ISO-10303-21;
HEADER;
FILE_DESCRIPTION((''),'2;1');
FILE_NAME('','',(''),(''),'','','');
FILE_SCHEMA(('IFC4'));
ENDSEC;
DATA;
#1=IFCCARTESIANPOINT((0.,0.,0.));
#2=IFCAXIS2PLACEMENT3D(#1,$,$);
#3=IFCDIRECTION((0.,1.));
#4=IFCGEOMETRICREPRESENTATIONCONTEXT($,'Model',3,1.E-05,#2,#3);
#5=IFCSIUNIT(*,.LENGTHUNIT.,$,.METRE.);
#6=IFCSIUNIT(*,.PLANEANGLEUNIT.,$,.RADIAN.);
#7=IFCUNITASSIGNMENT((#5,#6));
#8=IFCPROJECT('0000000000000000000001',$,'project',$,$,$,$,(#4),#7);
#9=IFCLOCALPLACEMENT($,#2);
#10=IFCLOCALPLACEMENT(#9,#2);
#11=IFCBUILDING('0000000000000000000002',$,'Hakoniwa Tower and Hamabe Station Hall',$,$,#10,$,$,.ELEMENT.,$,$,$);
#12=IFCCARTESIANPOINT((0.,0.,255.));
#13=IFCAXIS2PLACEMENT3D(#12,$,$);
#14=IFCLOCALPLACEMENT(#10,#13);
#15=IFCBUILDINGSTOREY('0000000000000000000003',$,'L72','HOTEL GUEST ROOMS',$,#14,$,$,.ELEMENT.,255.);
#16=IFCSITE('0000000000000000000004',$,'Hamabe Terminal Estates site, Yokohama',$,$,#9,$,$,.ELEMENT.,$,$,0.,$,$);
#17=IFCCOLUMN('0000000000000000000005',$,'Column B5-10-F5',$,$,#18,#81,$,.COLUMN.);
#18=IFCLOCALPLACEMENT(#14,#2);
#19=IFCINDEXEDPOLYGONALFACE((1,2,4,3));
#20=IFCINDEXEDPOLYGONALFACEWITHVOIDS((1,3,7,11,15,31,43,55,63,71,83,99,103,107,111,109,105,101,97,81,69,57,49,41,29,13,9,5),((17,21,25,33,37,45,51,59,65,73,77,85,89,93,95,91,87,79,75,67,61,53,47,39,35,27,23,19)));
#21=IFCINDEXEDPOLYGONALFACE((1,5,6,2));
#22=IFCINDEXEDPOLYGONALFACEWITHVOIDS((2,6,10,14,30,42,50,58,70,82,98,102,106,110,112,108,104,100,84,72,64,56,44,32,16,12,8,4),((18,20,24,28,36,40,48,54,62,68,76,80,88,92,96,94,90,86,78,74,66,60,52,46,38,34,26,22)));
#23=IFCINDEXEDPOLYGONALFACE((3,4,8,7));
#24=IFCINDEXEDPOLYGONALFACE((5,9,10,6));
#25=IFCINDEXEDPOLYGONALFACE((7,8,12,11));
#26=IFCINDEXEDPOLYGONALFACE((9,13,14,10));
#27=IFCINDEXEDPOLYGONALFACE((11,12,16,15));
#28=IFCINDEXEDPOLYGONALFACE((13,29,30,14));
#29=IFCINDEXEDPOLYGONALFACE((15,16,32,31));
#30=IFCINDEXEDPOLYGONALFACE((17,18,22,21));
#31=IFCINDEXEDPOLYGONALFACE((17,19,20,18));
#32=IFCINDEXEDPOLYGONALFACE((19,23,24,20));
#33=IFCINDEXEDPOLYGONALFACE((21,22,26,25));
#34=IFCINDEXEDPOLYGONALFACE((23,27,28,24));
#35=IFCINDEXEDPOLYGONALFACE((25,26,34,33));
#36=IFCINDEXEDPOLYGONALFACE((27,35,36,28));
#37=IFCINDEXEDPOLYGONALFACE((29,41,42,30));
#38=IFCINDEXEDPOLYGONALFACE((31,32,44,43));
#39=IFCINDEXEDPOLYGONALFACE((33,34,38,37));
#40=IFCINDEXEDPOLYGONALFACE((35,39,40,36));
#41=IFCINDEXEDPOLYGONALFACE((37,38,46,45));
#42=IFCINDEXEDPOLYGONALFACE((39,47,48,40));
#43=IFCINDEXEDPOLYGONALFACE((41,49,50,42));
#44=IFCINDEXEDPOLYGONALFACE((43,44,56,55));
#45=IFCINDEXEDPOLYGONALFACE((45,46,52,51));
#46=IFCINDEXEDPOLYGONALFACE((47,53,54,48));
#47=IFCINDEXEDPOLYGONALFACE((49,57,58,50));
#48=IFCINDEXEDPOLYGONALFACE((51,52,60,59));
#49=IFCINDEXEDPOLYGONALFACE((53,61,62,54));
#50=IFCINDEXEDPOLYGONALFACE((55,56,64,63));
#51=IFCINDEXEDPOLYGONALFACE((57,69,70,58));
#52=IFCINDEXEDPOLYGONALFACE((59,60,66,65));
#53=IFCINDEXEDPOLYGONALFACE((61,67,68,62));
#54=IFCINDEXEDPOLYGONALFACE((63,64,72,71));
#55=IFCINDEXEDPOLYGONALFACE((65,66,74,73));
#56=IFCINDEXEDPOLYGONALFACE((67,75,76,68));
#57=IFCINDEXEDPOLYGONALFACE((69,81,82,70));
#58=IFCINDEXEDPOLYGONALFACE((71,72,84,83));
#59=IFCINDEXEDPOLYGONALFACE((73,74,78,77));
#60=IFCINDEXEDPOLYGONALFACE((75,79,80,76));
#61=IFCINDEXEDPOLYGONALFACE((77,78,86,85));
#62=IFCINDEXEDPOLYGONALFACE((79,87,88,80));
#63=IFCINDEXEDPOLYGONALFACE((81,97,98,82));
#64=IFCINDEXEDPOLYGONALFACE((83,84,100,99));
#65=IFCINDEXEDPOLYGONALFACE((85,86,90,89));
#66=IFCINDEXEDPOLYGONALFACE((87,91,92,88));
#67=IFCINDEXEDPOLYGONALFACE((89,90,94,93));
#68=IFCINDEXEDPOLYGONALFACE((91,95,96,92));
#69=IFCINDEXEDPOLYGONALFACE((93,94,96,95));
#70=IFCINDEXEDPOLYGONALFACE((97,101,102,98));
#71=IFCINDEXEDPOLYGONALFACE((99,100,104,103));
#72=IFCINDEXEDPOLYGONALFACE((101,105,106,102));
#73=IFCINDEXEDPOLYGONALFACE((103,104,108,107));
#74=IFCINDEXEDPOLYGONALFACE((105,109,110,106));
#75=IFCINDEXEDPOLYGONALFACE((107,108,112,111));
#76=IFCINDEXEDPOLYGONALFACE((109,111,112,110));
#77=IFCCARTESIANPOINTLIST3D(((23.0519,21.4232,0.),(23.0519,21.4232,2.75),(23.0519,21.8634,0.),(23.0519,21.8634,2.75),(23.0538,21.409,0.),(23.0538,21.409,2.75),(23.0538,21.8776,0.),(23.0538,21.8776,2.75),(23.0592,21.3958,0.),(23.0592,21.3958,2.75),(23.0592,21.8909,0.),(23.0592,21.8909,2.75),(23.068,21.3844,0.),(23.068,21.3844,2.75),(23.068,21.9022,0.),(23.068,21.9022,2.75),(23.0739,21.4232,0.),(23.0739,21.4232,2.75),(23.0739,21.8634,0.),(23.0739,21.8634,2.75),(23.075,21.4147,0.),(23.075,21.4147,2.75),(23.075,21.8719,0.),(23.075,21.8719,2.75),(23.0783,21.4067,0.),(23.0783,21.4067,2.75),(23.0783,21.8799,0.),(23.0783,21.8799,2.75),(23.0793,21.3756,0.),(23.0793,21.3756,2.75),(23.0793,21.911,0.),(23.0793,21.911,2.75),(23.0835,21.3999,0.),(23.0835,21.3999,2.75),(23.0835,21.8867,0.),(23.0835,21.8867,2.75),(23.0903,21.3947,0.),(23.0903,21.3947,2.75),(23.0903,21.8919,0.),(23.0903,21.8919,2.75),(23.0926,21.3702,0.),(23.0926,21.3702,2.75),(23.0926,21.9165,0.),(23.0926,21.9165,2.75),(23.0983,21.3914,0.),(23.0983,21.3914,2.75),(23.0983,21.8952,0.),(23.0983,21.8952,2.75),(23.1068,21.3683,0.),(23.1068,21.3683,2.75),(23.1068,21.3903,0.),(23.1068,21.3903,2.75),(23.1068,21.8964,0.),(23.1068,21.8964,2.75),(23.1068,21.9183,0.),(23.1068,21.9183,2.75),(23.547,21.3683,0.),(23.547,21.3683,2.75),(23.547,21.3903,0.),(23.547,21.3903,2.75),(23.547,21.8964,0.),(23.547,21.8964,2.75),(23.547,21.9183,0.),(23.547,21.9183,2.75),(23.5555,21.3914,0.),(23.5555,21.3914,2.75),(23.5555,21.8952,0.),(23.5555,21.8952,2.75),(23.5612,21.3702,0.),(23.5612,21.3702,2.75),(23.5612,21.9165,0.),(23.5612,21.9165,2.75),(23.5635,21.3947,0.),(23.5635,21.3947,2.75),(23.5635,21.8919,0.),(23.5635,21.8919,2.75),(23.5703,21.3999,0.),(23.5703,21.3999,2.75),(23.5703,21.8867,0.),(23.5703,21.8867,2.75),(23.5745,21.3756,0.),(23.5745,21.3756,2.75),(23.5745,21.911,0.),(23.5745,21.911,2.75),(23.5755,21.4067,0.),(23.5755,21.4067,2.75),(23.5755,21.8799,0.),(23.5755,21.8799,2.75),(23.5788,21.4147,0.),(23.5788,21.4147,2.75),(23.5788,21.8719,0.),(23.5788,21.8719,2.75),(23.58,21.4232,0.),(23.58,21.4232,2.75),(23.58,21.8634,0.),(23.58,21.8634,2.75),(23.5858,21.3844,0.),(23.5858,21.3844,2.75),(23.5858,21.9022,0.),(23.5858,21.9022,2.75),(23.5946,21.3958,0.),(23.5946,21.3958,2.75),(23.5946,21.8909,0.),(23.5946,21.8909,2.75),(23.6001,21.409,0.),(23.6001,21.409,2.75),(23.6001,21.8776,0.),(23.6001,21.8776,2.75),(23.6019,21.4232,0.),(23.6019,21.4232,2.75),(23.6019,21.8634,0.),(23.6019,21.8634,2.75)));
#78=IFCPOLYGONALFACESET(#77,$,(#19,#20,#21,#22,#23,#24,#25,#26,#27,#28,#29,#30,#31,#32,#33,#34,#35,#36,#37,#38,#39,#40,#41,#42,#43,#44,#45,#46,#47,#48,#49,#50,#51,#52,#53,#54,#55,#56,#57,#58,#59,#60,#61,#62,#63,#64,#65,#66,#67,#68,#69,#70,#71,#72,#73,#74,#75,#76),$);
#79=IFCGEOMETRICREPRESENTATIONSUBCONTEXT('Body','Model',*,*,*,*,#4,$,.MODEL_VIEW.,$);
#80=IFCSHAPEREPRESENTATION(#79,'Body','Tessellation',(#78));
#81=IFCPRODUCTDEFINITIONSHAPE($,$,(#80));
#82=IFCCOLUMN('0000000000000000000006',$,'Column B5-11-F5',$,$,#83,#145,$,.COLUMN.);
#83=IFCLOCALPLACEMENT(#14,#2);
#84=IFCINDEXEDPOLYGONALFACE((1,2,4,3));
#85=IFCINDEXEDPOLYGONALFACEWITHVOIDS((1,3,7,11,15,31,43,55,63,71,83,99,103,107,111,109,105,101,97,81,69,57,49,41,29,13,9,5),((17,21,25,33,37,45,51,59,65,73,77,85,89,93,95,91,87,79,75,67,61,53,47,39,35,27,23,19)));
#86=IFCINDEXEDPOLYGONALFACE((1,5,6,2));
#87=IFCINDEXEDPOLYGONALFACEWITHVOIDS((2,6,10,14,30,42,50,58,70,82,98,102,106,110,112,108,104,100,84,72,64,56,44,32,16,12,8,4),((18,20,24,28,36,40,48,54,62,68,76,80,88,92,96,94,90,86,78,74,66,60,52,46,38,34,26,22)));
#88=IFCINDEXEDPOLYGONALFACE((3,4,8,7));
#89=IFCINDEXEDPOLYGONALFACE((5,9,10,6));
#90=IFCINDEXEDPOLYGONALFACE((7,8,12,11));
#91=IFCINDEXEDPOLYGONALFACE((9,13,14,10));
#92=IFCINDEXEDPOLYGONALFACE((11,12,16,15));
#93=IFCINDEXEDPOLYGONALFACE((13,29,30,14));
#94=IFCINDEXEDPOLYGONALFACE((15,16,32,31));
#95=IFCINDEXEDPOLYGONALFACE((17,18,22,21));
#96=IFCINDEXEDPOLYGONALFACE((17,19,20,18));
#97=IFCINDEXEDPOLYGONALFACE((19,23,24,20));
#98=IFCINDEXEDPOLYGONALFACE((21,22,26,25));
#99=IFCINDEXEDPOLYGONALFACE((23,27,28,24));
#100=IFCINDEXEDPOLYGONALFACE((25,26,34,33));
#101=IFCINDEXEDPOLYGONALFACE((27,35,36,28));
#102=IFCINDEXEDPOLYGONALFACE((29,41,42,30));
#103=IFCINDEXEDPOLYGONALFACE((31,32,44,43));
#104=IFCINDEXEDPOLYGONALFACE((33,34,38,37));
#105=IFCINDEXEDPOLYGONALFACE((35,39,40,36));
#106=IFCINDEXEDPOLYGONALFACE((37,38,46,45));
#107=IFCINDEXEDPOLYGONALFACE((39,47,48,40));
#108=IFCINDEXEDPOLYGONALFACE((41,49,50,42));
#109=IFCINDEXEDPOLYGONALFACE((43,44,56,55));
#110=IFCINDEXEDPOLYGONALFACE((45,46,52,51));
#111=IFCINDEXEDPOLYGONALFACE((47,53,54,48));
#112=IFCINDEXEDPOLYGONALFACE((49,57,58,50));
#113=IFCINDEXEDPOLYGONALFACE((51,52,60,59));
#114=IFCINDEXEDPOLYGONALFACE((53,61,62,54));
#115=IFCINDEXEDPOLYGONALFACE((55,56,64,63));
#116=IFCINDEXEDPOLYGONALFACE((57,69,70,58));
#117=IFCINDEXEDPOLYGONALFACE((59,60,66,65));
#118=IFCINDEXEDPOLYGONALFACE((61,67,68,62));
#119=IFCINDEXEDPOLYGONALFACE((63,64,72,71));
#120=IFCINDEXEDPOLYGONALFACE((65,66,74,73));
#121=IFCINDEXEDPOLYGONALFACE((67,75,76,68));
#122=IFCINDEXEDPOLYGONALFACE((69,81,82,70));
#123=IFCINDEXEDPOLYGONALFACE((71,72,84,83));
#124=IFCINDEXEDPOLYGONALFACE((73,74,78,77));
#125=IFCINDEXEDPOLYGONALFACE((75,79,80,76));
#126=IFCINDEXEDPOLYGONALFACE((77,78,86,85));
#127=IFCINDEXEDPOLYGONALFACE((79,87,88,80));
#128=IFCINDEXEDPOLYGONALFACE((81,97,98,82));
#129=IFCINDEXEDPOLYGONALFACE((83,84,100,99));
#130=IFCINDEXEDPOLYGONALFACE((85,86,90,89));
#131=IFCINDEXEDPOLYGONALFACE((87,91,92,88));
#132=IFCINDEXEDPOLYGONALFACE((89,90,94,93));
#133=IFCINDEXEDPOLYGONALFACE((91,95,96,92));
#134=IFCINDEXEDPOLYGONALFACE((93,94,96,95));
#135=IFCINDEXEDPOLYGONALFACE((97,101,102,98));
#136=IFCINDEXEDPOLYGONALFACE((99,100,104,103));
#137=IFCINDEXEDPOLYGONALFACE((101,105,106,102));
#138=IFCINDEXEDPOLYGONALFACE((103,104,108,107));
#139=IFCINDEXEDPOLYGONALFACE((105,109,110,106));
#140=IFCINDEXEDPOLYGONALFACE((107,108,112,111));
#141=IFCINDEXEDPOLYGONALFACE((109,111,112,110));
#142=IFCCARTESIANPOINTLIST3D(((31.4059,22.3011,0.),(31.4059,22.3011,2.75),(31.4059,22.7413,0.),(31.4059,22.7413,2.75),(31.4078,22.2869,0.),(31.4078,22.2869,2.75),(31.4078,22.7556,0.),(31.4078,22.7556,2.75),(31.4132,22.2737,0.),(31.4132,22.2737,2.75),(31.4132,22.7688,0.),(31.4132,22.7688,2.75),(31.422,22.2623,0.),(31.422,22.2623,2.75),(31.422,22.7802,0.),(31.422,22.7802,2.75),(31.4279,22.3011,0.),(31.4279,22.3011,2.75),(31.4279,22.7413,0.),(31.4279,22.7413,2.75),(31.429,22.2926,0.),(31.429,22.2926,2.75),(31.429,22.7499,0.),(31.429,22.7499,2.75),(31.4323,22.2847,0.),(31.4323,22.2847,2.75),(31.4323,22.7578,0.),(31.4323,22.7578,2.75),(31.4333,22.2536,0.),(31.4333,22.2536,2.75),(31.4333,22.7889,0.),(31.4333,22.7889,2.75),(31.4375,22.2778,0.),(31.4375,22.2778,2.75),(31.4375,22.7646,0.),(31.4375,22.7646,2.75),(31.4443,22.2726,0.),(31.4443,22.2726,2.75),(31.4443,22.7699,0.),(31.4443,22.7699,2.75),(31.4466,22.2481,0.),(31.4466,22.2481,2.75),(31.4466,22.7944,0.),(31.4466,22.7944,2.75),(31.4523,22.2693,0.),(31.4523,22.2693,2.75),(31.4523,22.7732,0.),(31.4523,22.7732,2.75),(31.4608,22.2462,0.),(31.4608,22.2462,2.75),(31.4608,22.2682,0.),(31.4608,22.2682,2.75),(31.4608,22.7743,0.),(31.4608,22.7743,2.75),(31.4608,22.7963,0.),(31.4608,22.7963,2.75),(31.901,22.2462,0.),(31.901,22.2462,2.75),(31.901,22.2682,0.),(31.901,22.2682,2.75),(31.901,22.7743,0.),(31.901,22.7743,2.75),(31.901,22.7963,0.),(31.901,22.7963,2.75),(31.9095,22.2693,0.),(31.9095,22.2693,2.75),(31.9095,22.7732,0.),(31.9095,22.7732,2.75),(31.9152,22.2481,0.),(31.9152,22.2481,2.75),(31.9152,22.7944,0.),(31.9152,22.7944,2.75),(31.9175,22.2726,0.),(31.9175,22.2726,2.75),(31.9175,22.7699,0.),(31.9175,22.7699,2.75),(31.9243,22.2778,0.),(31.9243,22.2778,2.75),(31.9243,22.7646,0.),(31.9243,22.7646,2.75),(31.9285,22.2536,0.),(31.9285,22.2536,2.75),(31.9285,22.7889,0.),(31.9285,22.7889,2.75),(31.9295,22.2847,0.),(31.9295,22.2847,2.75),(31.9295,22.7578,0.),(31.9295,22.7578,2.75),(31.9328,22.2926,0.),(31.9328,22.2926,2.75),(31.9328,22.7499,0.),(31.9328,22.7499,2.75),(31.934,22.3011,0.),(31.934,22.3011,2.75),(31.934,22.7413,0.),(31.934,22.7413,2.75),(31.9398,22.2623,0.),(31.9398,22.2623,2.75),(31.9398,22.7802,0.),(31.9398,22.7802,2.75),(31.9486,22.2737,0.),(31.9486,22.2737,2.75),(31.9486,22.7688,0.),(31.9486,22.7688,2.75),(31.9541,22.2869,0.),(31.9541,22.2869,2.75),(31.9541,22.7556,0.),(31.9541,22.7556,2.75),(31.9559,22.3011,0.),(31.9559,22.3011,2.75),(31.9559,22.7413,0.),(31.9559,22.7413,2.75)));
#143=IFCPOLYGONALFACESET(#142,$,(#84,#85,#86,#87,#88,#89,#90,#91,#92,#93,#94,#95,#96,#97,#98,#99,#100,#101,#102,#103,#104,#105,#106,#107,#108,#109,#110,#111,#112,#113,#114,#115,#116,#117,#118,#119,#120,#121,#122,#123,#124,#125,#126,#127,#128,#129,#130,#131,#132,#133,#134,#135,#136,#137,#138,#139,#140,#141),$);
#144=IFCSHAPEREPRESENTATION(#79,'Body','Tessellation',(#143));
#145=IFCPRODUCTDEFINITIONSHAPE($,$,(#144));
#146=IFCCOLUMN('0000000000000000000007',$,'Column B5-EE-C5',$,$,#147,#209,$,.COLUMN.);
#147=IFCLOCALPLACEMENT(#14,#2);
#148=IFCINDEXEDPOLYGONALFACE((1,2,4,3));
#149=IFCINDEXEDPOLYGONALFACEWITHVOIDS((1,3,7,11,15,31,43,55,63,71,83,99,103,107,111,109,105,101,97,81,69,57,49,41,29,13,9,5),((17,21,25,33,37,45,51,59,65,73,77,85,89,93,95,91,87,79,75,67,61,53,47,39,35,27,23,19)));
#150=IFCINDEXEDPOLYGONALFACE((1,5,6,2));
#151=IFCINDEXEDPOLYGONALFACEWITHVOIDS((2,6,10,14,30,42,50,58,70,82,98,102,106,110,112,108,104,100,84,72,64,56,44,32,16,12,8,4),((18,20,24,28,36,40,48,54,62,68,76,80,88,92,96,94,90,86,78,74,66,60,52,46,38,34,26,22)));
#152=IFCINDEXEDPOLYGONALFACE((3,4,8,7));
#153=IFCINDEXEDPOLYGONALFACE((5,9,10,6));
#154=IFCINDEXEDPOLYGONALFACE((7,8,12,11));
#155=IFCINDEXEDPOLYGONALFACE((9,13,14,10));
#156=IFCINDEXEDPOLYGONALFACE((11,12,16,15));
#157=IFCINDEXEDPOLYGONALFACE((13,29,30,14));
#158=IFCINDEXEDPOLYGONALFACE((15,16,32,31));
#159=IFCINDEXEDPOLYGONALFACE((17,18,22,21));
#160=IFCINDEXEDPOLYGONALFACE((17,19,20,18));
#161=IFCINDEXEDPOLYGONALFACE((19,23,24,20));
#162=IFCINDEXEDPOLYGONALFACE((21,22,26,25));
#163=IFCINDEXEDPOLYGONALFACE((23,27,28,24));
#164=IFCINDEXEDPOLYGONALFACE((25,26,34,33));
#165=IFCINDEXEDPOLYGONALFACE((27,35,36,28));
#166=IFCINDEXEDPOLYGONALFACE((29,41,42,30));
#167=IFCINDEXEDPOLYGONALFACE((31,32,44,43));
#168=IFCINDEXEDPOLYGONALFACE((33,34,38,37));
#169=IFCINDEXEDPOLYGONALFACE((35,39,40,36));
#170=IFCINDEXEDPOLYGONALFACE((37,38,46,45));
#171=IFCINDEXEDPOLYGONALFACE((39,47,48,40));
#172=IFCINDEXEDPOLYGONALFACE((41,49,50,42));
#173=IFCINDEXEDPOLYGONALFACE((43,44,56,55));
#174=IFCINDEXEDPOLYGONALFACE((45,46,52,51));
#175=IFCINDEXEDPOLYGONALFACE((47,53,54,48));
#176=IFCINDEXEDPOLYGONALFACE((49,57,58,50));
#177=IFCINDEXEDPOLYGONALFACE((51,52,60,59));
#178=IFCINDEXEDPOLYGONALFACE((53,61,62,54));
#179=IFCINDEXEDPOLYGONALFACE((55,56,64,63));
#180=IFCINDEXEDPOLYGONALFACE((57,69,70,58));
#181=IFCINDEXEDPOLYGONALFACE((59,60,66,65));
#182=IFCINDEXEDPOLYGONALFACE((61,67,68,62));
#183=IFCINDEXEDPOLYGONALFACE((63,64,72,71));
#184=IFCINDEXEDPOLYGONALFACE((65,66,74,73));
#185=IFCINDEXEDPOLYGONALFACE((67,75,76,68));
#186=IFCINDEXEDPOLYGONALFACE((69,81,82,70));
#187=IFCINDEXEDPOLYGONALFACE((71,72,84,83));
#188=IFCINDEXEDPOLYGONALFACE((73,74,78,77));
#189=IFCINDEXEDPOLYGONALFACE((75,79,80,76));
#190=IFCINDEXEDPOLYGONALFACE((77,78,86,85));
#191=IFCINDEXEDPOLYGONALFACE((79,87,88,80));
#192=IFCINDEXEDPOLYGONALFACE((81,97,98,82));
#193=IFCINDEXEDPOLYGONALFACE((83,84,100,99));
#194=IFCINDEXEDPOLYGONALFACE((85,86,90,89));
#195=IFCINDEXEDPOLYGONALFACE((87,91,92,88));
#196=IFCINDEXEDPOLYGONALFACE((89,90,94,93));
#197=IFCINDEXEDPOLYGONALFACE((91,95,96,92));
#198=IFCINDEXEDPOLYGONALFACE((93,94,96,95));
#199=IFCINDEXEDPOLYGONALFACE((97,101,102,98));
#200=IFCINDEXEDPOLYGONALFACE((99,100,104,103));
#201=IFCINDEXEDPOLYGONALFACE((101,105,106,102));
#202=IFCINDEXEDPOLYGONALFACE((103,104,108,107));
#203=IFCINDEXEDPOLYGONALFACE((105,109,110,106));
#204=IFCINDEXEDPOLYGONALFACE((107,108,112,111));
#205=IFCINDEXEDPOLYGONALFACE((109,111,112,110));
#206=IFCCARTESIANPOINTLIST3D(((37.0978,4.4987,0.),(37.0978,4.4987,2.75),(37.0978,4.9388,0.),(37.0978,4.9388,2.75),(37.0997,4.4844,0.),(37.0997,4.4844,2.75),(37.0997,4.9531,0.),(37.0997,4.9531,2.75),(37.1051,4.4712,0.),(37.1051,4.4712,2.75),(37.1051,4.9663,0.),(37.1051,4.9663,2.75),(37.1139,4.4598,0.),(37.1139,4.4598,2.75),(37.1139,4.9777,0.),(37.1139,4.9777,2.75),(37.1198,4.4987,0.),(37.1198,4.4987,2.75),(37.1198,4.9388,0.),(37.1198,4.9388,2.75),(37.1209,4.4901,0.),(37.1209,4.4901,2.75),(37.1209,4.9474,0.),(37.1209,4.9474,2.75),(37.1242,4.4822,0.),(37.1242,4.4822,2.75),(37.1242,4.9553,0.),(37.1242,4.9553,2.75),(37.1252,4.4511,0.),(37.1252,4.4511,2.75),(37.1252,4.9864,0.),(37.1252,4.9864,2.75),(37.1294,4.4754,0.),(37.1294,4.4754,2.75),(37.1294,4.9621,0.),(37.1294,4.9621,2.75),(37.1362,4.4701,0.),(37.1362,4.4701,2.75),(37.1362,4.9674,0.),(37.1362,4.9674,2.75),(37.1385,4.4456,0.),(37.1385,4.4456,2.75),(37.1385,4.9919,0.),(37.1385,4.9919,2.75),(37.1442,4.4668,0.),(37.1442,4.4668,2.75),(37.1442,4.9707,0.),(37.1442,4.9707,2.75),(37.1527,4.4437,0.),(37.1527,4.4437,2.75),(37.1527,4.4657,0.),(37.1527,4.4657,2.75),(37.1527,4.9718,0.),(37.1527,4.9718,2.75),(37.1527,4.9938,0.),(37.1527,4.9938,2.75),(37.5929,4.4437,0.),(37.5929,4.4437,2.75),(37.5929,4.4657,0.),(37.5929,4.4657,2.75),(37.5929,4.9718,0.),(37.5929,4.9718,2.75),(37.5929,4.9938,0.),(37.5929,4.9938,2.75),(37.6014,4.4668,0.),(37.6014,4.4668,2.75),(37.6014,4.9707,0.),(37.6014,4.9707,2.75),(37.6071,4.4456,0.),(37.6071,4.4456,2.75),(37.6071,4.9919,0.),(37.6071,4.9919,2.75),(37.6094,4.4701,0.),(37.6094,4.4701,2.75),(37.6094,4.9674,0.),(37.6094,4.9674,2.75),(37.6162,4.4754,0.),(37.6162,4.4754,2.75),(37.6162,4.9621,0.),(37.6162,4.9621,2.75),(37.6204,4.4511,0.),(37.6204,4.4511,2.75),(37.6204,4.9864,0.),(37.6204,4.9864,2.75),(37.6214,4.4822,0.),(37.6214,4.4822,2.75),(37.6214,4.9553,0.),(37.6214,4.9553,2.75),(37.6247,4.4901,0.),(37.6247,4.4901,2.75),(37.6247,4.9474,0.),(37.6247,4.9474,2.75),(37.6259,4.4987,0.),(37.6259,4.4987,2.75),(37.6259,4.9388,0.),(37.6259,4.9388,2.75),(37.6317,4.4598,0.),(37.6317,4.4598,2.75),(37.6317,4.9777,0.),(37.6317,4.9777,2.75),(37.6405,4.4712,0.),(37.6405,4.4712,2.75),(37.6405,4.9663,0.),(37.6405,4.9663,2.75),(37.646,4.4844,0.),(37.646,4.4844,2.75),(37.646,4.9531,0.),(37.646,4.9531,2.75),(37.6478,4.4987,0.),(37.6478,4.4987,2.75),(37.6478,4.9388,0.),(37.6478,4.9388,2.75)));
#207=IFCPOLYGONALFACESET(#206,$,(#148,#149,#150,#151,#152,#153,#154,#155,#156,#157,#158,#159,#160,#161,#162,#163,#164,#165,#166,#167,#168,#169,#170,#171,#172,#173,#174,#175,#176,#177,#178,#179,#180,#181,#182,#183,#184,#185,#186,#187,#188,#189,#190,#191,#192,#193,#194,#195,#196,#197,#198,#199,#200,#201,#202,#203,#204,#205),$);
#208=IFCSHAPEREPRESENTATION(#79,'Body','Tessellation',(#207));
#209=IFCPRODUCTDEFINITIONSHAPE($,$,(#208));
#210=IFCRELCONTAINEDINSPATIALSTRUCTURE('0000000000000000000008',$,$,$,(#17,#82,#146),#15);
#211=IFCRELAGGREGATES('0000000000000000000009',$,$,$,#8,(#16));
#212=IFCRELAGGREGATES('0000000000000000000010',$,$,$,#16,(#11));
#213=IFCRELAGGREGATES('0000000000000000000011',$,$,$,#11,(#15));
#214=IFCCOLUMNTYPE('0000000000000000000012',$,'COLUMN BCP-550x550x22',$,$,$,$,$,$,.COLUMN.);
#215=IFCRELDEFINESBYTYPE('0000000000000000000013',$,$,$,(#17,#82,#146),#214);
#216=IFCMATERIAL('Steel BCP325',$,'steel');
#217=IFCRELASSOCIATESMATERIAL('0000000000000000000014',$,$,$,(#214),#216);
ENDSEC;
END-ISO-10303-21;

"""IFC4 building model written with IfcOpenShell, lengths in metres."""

from ifc_helpers import new_model, si_unit, direction, frame, origin, origin_2d, place, context, subcontext, project, spatial, hollow_rectangle, extrude, material, material_profile, profile_set, type_object, element, save


model = new_model("IFC4")

# Units and contexts
model_context = context("Model", 3, precision=1e-05, world=origin(), true_north=direction((0.0, 1.0)))
body_context = subcontext(model_context, "Body", "Model", "MODEL_VIEW")
ifc_project = project(units=[si_unit("LENGTHUNIT", "METRE"), si_unit("PLANEANGLEUNIT", "RADIAN")], contexts=[model_context])

# Site, building, storey
site_placement = place(None, origin())
site = spatial("IfcSite", under=ifc_project, at=site_placement, Name="Hamabe Terminal Estates site, Yokohama", CompositionType="ELEMENT", RefElevation=0.0)
building_placement = place(site_placement, origin())
building = spatial("IfcBuilding", under=site, at=building_placement, Name="Hakoniwa Tower and Hamabe Station Hall", CompositionType="ELEMENT")
storey_placement = place(building_placement, frame((0.0, 0.0, 255.0)))
storey = spatial("IfcBuildingStorey", under=building, at=storey_placement, Name="L72", Description="HOTEL GUEST ROOMS", CompositionType="ELEMENT", Elevation=255.0)

# Columns
ifc_material_1 = material(Name="Steel BCP325", Category="steel")
ifc_material_profile_1 = material_profile(ifc_material_1, hollow_rectangle(XDim=0.55, YDim=0.55, WallThickness=0.022, InnerFilletRadius=0.033, OuterFilletRadius=0.0549, at=origin_2d()), Name="BCP-550x550x22")
ifc_profile_set_1 = profile_set([ifc_material_profile_1], Name="Steel BCP325")
column_type = type_object("IfcColumnType", Name="COLUMN BCP-550x550x22", PredefinedType="COLUMN", material=ifc_profile_set_1)
for number, where, z_axis, x_axis, name in (
    (1, (23.3269, 21.6433, 0.0), (0.0, 0.0, 1.0), (1.0, 0.0, 0.0), "Column B5-10-F5"),
    (2, (31.6809, 22.5212, 0.0), (0.0, 0.0, 1.0), (1.0, 0.0, 0.0), "Column B5-11-F5"),
    (3, (37.3728, 4.7188, 0.0), (0.0, 0.0, 1.0), (1.0, 0.0, 0.0), "Column B5-EE-C5"),
):
    element("IfcColumn", number, at=place(storey_placement, frame(where, z_axis=z_axis, x_axis=x_axis)), inside=storey, type_object=column_type, Name=name, PredefinedType="COLUMN", context=body_context, shape_type="SweptSolid", body=[
        extrude(hollow_rectangle(XDim=0.55, YDim=0.55, WallThickness=0.022, InnerFilletRadius=0.033, OuterFilletRadius=0.0549, at=origin_2d()), origin(), (0.0, 0.0, 1.0), 2.75),
    ])

save(model, "model.ifc")
